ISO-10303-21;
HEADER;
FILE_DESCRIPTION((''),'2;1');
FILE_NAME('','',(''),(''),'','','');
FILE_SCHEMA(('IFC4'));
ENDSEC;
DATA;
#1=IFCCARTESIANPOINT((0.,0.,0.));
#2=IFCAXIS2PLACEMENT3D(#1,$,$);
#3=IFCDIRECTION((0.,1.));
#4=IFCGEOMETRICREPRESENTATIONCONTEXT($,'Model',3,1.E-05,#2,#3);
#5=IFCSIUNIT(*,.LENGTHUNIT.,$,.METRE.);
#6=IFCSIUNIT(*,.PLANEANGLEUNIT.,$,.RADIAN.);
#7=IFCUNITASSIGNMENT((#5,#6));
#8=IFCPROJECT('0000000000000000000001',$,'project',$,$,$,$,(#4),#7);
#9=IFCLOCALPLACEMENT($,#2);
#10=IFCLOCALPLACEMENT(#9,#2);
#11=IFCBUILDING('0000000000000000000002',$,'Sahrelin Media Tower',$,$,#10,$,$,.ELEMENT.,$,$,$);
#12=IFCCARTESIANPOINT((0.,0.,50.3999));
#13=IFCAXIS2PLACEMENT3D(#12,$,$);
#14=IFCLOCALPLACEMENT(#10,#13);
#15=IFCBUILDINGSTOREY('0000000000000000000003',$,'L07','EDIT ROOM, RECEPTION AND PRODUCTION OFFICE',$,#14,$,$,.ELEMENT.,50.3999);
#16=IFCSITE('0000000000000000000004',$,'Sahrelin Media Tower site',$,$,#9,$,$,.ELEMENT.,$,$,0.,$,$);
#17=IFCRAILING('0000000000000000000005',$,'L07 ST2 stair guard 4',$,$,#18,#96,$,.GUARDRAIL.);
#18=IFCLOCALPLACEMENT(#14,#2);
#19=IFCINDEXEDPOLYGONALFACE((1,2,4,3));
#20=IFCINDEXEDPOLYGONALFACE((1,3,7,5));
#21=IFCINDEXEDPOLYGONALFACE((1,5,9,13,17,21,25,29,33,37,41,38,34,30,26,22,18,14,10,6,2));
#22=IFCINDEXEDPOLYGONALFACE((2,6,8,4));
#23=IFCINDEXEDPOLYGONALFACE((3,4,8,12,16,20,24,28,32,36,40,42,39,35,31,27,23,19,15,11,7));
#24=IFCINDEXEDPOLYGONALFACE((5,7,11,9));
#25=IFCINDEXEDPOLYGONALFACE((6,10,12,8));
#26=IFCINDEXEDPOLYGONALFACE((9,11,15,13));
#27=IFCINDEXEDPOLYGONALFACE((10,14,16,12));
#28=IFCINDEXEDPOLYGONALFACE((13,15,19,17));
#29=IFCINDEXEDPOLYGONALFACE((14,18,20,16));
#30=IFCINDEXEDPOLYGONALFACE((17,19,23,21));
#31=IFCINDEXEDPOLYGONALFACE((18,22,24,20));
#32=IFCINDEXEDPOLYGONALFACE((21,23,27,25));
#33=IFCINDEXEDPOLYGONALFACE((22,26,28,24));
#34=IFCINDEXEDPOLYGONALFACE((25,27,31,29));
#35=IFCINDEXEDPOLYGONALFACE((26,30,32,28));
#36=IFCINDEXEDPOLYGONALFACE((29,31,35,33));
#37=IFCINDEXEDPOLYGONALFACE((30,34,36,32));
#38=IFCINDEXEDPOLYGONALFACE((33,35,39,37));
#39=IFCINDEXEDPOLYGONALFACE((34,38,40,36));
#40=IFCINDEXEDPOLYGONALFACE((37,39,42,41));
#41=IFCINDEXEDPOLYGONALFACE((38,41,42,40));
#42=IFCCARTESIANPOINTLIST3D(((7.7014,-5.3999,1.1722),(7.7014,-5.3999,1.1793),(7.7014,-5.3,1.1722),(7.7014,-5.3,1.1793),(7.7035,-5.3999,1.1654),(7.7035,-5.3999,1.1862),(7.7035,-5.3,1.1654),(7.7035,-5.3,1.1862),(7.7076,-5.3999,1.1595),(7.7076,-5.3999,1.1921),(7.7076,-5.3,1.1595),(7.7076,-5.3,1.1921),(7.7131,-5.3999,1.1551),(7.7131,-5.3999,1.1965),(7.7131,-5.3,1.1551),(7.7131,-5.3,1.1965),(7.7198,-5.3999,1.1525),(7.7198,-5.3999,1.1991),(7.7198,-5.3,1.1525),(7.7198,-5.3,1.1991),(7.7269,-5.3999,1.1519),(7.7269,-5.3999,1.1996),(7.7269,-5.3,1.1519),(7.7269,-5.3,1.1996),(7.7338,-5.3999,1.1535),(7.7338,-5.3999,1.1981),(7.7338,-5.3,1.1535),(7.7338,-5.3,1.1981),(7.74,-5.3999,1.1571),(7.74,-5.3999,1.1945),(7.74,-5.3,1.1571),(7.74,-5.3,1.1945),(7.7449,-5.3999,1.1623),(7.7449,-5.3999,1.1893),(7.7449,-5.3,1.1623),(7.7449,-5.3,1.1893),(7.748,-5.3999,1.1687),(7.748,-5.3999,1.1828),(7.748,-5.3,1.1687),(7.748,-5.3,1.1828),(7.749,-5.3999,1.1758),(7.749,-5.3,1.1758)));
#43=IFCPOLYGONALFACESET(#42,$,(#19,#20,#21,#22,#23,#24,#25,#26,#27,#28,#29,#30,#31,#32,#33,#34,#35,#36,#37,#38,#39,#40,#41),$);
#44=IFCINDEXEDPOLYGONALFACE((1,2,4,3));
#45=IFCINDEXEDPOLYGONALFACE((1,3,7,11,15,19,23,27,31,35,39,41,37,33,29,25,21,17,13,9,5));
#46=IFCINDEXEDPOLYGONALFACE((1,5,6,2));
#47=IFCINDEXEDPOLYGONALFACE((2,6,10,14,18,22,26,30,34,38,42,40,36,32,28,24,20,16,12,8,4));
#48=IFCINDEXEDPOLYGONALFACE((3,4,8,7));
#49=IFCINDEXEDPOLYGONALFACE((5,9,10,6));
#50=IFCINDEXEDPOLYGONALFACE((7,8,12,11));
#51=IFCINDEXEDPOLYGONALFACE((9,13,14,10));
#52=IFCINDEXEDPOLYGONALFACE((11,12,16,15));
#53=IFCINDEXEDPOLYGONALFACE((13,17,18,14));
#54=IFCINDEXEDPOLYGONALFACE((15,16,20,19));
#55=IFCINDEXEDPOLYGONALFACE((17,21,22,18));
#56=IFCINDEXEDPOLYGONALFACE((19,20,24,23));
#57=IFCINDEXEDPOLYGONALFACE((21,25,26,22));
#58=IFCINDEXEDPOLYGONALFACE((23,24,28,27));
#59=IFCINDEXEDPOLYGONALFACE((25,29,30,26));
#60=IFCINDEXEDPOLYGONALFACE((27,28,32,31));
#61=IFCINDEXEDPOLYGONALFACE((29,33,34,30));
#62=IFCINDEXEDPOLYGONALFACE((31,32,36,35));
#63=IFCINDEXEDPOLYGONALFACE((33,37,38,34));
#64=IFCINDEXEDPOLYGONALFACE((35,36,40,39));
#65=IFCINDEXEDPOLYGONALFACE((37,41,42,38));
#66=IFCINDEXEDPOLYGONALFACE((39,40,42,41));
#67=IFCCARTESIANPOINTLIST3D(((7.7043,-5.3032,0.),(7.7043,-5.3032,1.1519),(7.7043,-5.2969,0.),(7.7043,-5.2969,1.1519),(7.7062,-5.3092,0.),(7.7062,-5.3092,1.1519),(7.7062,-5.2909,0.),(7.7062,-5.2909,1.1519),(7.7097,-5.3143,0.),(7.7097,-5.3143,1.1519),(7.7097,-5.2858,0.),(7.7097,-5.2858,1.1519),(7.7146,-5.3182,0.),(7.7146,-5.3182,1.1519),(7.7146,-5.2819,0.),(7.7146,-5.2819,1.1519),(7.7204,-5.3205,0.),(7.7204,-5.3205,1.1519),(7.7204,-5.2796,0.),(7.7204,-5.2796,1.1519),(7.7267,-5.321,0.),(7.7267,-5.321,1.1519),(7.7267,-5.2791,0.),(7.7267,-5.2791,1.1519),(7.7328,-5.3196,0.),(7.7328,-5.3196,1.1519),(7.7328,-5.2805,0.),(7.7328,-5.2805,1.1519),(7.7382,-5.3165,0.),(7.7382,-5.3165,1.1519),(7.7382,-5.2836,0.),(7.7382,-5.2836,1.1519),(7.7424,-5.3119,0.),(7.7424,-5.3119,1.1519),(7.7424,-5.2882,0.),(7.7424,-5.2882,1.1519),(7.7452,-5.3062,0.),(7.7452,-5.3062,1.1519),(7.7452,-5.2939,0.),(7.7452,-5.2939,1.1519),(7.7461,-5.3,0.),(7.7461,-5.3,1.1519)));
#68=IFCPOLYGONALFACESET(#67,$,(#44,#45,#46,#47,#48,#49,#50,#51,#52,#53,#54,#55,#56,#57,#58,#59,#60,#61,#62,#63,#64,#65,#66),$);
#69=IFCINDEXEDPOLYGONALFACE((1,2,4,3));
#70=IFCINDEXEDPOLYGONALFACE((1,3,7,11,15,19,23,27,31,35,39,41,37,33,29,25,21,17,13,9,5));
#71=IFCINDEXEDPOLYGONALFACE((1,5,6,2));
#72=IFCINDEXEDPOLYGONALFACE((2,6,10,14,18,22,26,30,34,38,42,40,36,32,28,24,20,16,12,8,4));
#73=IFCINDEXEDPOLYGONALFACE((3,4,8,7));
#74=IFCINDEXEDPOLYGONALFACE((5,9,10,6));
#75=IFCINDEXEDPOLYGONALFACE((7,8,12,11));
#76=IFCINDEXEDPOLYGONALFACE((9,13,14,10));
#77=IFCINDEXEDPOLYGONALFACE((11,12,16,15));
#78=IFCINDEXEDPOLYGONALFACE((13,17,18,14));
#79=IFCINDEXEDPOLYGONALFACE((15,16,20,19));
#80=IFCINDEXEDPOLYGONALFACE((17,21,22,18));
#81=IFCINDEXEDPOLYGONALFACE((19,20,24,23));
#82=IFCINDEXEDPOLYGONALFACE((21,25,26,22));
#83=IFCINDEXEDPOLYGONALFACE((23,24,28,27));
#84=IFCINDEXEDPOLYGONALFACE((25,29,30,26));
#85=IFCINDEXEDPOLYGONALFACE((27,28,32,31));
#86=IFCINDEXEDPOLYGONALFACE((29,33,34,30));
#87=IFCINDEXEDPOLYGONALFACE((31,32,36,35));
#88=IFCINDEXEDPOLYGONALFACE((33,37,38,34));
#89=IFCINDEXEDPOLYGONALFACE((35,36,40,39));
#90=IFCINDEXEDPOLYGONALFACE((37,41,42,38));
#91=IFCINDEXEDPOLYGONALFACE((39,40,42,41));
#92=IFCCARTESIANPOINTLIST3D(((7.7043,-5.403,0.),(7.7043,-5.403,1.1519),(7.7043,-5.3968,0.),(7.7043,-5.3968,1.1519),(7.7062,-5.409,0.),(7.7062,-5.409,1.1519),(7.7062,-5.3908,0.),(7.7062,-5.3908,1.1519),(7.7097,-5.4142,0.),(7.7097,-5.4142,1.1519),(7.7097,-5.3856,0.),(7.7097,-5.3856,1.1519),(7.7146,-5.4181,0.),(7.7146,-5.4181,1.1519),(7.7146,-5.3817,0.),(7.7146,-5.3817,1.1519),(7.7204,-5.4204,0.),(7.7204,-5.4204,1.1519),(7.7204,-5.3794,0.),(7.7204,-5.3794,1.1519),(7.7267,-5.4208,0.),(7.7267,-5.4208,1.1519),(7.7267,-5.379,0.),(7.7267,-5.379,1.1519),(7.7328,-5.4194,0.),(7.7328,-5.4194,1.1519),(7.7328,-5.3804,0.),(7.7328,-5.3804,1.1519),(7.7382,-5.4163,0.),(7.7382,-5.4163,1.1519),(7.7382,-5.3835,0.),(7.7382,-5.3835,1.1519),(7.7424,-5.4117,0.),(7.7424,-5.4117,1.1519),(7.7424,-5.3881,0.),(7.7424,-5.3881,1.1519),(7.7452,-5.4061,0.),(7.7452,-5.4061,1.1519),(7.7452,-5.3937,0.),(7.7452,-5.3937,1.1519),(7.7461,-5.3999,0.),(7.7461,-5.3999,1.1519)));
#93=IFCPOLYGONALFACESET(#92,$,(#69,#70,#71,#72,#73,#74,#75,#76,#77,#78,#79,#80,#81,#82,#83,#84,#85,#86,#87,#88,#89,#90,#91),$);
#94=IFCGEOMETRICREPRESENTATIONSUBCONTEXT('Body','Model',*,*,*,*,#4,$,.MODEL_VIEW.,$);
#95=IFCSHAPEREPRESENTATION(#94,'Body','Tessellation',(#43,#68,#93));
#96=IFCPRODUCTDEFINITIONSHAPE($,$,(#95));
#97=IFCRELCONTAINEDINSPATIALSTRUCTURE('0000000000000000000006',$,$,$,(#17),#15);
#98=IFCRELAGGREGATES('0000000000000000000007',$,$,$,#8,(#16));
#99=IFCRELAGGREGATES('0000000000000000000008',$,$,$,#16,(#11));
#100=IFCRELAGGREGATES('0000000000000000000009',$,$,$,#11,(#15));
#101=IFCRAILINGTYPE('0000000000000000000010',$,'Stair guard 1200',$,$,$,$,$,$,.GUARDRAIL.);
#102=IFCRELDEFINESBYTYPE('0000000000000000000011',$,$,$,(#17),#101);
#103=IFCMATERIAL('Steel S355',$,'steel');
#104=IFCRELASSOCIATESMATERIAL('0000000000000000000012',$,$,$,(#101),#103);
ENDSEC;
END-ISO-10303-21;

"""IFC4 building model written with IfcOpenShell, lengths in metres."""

from ifc_helpers import new_model, si_unit, direction, frame, origin, origin_2d, place, context, subcontext, project, spatial, circle, extrude, material, type_object, element, save


model = new_model("IFC4")

# Units and contexts
model_context = context("Model", 3, precision=1e-05, world=origin(), true_north=direction((0.0, 1.0)))
body_context = subcontext(model_context, "Body", "Model", "MODEL_VIEW")
ifc_project = project(units=[si_unit("LENGTHUNIT", "METRE"), si_unit("PLANEANGLEUNIT", "RADIAN")], contexts=[model_context])

# Site, building, storey
site_placement = place(None, origin())
site = spatial("IfcSite", under=ifc_project, at=site_placement, Name="Sahrelin Media Tower site", CompositionType="ELEMENT", RefElevation=0.0)
building_placement = place(site_placement, origin())
building = spatial("IfcBuilding", under=site, at=building_placement, Name="Sahrelin Media Tower", CompositionType="ELEMENT")
storey_placement = place(building_placement, frame((0.0, 0.0, 50.3999)))
storey = spatial("IfcBuildingStorey", under=building, at=storey_placement, Name="L07", Description="EDIT ROOM, RECEPTION AND PRODUCTION OFFICE", CompositionType="ELEMENT", Elevation=50.3999)

# Shared definitions
ifc_material_1 = material(Name="Steel S355", Category="steel")

# Railing
railing_type_1 = type_object("IfcRailingType", Name="Stair guard 1200", PredefinedType="GUARDRAIL", material=ifc_material_1)
railing_1_placement = place(storey_placement, frame((7.7251, -5.3, 0.0)))
element("IfcRailing", 1, at=railing_1_placement, inside=storey, type_object=railing_type_1, Name="L07 ST2 stair guard 4", PredefinedType="GUARDRAIL", context=body_context, shape_type="SweptSolid", body=[
    extrude(circle(Radius=0.0239, at=origin_2d()), frame((0.0, 0.0, 1.1758), z_axis=(0.0, -1.0, 0.0), x_axis=(1.0, 0.0, 0.0)), (0.0, 0.0, 1.0), 0.0999),
    extrude(circle(Radius=0.021, at=origin_2d()), origin(), (0.0, 0.0, 1.0), 1.1519),
    extrude(circle(Radius=0.021, at=origin_2d()), frame((0.0, -0.0999, 0.0)), (0.0, 0.0, 1.0), 1.1519),
])

save(model, "model.ifc")
